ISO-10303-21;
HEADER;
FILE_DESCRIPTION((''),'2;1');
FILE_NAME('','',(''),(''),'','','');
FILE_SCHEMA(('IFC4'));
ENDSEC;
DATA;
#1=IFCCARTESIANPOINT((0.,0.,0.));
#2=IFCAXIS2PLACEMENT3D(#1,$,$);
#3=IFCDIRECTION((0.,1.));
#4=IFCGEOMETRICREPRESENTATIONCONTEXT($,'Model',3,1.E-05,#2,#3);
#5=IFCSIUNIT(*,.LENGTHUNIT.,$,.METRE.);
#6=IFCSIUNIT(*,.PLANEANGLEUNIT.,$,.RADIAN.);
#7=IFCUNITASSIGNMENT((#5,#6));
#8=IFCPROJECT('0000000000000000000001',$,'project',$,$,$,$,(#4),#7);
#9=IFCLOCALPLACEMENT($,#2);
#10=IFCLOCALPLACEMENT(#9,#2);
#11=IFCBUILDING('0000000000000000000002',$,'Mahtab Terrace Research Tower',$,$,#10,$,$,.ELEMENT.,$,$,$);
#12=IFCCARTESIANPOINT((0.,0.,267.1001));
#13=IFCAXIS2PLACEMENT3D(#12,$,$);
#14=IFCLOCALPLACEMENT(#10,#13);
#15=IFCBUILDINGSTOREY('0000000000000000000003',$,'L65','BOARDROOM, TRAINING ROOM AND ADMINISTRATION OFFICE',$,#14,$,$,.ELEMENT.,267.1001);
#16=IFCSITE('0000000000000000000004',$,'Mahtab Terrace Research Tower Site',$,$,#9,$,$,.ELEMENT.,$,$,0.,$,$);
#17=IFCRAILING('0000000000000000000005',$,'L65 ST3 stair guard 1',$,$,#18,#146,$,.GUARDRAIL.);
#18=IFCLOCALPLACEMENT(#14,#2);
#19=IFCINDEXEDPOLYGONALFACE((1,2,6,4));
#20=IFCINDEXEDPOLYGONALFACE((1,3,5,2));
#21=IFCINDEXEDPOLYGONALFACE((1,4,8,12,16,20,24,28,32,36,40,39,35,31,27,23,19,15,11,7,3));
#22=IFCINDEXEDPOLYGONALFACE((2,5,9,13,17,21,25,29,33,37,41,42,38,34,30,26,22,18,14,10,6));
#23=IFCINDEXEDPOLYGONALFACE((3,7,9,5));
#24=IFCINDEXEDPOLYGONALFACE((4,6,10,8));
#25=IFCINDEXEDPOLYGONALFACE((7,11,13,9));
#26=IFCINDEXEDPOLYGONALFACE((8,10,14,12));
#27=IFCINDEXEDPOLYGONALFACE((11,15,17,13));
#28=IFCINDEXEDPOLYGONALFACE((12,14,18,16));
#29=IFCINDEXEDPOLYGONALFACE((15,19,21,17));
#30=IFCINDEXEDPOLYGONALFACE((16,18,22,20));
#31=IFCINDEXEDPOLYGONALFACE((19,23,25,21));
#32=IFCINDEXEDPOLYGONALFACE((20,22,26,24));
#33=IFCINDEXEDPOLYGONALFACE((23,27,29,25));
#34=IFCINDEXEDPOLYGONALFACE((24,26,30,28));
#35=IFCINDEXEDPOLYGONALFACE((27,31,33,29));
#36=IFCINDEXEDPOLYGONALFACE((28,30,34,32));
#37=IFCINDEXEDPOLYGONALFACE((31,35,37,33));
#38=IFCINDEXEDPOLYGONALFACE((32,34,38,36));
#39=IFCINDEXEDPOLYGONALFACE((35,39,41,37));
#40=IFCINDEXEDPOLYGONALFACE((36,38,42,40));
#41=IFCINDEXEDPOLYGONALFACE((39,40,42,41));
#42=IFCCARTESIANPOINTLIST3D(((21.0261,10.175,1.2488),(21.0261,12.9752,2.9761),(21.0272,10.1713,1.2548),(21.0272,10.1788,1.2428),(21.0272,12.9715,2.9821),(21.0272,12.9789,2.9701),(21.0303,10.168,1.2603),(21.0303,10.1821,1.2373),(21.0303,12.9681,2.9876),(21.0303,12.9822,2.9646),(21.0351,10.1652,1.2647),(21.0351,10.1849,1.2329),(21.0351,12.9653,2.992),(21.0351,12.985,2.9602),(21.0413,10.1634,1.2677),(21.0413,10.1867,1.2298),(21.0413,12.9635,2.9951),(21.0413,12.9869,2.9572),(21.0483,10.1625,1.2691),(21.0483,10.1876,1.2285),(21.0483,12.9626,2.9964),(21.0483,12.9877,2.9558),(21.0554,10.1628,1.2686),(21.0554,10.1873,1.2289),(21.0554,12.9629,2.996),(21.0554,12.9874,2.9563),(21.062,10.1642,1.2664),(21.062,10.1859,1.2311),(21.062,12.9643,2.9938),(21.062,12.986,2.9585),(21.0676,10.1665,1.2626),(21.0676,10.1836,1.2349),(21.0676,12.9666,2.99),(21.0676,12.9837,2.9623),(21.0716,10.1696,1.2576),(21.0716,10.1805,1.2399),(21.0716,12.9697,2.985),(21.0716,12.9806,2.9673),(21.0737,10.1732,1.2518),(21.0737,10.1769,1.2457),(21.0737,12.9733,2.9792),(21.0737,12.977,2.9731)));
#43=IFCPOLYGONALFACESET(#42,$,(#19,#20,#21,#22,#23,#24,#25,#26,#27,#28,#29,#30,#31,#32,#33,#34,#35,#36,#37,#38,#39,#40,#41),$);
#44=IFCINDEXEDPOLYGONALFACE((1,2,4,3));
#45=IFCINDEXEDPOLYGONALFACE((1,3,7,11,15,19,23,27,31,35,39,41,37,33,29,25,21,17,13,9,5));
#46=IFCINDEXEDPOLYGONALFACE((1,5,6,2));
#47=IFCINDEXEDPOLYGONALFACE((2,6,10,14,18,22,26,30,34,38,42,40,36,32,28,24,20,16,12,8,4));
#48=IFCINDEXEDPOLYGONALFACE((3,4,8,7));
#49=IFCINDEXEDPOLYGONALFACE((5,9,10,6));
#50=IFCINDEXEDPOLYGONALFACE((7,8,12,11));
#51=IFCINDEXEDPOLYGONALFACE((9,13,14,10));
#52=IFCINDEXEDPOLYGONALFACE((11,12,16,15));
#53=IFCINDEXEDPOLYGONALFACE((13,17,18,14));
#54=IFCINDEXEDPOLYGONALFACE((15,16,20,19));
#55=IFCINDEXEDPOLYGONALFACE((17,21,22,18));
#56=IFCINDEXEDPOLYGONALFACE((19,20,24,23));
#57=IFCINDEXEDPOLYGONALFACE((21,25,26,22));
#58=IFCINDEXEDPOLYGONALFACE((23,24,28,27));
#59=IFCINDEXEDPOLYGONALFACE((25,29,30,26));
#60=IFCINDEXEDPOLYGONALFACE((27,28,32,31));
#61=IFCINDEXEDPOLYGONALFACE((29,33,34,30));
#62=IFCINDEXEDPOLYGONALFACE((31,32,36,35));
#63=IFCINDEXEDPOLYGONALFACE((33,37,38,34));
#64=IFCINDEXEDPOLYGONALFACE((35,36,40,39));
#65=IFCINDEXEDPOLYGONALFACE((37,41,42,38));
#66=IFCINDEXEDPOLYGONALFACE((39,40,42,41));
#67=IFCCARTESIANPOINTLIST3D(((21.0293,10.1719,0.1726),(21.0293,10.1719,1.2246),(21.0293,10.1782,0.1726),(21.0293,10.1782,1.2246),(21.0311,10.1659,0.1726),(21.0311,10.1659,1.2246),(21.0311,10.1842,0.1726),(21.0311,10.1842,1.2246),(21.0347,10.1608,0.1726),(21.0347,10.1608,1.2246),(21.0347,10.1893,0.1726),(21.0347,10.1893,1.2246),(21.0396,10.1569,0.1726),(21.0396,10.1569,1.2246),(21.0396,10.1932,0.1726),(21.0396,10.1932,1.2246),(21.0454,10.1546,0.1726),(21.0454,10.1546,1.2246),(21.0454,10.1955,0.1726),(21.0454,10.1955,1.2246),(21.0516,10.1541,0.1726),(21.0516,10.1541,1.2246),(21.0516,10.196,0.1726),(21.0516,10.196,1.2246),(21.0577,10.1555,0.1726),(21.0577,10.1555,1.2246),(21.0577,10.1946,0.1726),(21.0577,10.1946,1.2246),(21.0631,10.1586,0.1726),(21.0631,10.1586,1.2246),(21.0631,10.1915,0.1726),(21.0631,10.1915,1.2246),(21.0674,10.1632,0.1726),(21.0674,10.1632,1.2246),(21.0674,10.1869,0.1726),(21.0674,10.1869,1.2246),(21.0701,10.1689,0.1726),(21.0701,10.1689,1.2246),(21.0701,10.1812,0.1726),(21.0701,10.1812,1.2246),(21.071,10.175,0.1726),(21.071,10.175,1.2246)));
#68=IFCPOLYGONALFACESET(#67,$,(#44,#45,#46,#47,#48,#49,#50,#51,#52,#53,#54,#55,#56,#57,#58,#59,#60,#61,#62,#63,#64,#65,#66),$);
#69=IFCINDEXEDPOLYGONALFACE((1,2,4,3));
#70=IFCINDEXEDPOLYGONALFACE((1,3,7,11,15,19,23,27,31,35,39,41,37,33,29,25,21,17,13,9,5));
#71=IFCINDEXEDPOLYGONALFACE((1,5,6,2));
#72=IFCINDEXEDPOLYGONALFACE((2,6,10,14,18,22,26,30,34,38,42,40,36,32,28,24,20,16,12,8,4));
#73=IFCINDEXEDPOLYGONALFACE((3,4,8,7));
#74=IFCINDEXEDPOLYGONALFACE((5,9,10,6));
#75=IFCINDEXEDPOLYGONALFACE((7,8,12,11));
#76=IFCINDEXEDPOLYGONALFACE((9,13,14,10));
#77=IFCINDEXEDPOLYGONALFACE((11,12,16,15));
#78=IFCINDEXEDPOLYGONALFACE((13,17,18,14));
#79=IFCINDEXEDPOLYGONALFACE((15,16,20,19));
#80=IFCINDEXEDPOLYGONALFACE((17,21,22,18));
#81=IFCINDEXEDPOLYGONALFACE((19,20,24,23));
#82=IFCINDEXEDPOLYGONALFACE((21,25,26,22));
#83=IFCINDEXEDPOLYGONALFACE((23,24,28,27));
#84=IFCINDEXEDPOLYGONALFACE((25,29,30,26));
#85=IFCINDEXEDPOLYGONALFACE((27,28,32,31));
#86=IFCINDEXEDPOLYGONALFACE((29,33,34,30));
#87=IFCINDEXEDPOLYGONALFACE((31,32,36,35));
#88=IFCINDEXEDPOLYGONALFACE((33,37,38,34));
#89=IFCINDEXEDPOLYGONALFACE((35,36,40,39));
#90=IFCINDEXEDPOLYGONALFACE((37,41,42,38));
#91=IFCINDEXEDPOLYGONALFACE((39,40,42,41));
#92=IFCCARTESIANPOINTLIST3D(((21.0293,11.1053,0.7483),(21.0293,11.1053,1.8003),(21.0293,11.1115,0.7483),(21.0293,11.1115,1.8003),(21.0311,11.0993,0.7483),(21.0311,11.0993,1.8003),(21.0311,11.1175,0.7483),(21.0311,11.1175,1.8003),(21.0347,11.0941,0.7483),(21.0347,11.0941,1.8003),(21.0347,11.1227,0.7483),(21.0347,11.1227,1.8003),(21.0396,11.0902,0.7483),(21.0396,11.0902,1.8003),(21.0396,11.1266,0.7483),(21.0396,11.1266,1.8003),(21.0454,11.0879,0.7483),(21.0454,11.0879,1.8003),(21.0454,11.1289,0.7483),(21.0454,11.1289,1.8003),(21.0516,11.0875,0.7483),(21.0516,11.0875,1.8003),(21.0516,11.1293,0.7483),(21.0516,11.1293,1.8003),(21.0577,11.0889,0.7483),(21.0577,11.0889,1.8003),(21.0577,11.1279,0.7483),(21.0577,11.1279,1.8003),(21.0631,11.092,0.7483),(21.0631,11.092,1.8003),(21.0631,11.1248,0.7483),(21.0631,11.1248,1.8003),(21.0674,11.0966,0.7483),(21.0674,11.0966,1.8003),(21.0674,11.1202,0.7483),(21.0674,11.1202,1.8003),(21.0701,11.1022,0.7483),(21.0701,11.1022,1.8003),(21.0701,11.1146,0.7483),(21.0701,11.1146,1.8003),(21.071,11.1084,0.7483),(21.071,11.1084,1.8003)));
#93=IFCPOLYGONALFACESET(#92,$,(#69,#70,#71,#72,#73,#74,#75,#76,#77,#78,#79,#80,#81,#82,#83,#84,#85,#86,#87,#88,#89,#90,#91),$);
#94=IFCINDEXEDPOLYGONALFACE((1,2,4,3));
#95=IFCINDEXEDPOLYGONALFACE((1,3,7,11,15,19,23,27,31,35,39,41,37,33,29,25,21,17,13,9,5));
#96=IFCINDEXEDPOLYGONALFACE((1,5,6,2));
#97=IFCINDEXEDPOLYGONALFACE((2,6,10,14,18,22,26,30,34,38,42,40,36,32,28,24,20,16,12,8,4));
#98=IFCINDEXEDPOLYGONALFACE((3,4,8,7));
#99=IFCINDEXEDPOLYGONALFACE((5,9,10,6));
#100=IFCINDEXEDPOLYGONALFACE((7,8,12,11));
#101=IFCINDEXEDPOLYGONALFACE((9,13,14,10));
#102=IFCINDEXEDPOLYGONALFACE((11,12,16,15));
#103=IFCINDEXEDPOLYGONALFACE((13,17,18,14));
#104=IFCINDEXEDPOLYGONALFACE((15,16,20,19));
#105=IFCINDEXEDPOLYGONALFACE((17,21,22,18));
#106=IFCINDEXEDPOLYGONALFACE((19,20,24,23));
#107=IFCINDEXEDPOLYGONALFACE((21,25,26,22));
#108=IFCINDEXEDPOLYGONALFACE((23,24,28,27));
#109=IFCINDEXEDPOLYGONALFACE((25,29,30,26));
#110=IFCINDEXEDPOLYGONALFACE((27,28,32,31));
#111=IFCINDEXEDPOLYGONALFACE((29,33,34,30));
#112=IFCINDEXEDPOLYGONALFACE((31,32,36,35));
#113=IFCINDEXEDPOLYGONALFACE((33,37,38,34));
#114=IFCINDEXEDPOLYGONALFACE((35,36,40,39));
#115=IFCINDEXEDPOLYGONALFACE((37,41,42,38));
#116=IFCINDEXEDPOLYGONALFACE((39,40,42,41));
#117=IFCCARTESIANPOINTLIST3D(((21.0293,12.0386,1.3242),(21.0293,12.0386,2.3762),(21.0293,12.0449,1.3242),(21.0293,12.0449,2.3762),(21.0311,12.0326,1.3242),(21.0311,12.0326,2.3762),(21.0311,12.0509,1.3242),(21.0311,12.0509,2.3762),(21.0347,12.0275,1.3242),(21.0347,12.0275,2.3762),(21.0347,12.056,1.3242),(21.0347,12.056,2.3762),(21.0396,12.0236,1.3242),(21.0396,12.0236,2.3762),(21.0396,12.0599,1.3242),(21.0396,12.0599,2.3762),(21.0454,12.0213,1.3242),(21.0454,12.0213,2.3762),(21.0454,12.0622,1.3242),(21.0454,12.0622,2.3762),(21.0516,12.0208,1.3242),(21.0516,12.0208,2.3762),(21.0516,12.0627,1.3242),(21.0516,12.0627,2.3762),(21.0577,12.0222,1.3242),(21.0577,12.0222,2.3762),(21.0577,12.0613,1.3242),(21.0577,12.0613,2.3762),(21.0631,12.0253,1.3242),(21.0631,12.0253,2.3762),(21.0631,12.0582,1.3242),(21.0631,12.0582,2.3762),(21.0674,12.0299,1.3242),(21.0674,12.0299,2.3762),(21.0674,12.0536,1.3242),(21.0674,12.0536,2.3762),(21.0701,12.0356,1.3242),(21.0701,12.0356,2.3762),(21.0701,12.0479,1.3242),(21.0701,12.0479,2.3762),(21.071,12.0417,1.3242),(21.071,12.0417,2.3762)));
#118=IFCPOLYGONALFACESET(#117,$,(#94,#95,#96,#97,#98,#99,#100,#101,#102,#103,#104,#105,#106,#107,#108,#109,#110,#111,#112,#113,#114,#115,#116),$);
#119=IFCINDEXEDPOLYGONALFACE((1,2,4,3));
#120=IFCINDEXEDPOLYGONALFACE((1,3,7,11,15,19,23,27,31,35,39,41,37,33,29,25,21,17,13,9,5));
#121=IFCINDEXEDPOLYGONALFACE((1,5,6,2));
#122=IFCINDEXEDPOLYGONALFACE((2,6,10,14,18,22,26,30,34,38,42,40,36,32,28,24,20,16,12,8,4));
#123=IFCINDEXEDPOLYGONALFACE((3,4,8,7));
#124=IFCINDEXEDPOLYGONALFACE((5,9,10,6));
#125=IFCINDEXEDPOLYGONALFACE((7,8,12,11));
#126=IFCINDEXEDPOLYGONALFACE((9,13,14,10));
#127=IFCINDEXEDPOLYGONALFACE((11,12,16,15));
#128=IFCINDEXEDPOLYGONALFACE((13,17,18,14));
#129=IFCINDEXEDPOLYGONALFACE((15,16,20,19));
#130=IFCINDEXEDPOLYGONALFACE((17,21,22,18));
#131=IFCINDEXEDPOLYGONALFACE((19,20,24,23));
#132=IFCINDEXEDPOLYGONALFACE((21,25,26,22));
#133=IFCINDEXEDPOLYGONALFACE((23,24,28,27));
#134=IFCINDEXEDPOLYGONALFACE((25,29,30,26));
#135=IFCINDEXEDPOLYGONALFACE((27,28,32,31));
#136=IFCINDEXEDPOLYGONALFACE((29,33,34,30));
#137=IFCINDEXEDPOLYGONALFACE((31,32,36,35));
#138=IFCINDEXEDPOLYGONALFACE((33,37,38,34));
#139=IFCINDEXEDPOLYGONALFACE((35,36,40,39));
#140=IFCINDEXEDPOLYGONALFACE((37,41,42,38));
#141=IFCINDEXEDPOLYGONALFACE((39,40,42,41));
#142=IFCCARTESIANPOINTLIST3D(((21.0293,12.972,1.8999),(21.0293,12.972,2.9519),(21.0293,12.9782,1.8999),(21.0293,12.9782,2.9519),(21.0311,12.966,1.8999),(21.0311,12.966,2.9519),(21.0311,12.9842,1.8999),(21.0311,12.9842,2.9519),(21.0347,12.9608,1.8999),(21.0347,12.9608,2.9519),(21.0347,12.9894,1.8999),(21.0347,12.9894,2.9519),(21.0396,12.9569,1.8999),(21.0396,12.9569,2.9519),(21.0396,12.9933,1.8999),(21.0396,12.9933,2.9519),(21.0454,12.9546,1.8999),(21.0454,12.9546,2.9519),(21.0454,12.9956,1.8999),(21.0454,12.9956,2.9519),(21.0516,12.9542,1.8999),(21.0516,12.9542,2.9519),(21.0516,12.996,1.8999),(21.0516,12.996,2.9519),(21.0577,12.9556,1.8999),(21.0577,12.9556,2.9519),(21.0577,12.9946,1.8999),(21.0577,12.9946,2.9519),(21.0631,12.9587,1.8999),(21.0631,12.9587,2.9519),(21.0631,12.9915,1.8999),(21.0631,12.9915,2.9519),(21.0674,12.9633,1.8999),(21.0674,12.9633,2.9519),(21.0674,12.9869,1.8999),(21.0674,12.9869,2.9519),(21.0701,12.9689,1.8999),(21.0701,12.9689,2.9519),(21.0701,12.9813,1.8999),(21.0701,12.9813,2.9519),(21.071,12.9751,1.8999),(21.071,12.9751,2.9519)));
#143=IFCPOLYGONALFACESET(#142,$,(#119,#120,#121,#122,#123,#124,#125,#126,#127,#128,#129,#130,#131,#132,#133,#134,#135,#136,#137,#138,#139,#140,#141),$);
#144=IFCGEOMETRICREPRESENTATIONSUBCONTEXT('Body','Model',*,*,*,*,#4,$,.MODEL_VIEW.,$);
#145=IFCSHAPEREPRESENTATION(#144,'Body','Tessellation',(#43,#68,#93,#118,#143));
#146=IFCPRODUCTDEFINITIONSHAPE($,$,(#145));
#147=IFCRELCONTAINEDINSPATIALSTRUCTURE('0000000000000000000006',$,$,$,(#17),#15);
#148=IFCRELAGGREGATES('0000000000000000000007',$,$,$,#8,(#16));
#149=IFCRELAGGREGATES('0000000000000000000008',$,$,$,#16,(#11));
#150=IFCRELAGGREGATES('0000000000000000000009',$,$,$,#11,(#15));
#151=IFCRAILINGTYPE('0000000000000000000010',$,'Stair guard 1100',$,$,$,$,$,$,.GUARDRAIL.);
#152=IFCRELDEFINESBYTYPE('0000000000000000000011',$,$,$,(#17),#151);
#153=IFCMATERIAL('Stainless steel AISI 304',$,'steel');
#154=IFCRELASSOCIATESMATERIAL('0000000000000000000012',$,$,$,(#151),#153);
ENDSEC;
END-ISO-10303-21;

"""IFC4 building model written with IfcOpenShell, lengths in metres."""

from ifc_helpers import new_model, si_unit, direction, frame, origin, origin_2d, place, context, subcontext, project, spatial, circle, extrude, material, type_object, element, save


model = new_model("IFC4")

# Units and contexts
model_context = context("Model", 3, precision=1e-05, world=origin(), true_north=direction((0.0, 1.0)))
body_context = subcontext(model_context, "Body", "Model", "MODEL_VIEW")
ifc_project = project(units=[si_unit("LENGTHUNIT", "METRE"), si_unit("PLANEANGLEUNIT", "RADIAN")], contexts=[model_context])

# Site, building, storey
site_placement = place(None, origin())
site = spatial("IfcSite", under=ifc_project, at=site_placement, Name="Mahtab Terrace Research Tower Site", CompositionType="ELEMENT", RefElevation=0.0)
building_placement = place(site_placement, origin())
building = spatial("IfcBuilding", under=site, at=building_placement, Name="Mahtab Terrace Research Tower", CompositionType="ELEMENT")
storey_placement = place(building_placement, frame((0.0, 0.0, 267.1001)))
storey = spatial("IfcBuildingStorey", under=building, at=storey_placement, Name="L65", Description="BOARDROOM, TRAINING ROOM AND ADMINISTRATION OFFICE", CompositionType="ELEMENT", Elevation=267.1001)

# Shared definitions
ifc_material_1 = material(Name="Stainless steel AISI 304", Category="steel")

# Railing
railing_type_1 = type_object("IfcRailingType", Name="Stair guard 1100", PredefinedType="GUARDRAIL", material=ifc_material_1)
railing_1_placement = place(storey_placement, frame((21.05, 10.175, 0.1726)))
element("IfcRailing", 1, at=railing_1_placement, inside=storey, type_object=railing_type_1, Name="L65 ST3 stair guard 1", PredefinedType="GUARDRAIL", context=body_context, shape_type="SweptSolid", body=[
    extrude(circle(Radius=0.0239, at=origin_2d()), frame((0.0, 0.0, 1.0762), z_axis=(0.0, 0.85109, 0.52502), x_axis=(-1.0, 0.0, 0.0)), (0.0, 0.0, 1.0), 3.29),
    extrude(circle(Radius=0.021, at=origin_2d()), origin(), (0.0, 0.0, 1.0), 1.052),
    extrude(circle(Radius=0.021, at=origin_2d()), frame((0.0, 0.9333, 0.5757)), (0.0, 0.0, 1.0), 1.052),
    extrude(circle(Radius=0.021, at=origin_2d()), frame((0.0, 1.8667, 1.1516)), (0.0, 0.0, 1.0), 1.052),
    extrude(circle(Radius=0.021, at=origin_2d()), frame((0.0, 2.8, 1.7273)), (0.0, 0.0, 1.0), 1.052),
])

save(model, "model.ifc")
